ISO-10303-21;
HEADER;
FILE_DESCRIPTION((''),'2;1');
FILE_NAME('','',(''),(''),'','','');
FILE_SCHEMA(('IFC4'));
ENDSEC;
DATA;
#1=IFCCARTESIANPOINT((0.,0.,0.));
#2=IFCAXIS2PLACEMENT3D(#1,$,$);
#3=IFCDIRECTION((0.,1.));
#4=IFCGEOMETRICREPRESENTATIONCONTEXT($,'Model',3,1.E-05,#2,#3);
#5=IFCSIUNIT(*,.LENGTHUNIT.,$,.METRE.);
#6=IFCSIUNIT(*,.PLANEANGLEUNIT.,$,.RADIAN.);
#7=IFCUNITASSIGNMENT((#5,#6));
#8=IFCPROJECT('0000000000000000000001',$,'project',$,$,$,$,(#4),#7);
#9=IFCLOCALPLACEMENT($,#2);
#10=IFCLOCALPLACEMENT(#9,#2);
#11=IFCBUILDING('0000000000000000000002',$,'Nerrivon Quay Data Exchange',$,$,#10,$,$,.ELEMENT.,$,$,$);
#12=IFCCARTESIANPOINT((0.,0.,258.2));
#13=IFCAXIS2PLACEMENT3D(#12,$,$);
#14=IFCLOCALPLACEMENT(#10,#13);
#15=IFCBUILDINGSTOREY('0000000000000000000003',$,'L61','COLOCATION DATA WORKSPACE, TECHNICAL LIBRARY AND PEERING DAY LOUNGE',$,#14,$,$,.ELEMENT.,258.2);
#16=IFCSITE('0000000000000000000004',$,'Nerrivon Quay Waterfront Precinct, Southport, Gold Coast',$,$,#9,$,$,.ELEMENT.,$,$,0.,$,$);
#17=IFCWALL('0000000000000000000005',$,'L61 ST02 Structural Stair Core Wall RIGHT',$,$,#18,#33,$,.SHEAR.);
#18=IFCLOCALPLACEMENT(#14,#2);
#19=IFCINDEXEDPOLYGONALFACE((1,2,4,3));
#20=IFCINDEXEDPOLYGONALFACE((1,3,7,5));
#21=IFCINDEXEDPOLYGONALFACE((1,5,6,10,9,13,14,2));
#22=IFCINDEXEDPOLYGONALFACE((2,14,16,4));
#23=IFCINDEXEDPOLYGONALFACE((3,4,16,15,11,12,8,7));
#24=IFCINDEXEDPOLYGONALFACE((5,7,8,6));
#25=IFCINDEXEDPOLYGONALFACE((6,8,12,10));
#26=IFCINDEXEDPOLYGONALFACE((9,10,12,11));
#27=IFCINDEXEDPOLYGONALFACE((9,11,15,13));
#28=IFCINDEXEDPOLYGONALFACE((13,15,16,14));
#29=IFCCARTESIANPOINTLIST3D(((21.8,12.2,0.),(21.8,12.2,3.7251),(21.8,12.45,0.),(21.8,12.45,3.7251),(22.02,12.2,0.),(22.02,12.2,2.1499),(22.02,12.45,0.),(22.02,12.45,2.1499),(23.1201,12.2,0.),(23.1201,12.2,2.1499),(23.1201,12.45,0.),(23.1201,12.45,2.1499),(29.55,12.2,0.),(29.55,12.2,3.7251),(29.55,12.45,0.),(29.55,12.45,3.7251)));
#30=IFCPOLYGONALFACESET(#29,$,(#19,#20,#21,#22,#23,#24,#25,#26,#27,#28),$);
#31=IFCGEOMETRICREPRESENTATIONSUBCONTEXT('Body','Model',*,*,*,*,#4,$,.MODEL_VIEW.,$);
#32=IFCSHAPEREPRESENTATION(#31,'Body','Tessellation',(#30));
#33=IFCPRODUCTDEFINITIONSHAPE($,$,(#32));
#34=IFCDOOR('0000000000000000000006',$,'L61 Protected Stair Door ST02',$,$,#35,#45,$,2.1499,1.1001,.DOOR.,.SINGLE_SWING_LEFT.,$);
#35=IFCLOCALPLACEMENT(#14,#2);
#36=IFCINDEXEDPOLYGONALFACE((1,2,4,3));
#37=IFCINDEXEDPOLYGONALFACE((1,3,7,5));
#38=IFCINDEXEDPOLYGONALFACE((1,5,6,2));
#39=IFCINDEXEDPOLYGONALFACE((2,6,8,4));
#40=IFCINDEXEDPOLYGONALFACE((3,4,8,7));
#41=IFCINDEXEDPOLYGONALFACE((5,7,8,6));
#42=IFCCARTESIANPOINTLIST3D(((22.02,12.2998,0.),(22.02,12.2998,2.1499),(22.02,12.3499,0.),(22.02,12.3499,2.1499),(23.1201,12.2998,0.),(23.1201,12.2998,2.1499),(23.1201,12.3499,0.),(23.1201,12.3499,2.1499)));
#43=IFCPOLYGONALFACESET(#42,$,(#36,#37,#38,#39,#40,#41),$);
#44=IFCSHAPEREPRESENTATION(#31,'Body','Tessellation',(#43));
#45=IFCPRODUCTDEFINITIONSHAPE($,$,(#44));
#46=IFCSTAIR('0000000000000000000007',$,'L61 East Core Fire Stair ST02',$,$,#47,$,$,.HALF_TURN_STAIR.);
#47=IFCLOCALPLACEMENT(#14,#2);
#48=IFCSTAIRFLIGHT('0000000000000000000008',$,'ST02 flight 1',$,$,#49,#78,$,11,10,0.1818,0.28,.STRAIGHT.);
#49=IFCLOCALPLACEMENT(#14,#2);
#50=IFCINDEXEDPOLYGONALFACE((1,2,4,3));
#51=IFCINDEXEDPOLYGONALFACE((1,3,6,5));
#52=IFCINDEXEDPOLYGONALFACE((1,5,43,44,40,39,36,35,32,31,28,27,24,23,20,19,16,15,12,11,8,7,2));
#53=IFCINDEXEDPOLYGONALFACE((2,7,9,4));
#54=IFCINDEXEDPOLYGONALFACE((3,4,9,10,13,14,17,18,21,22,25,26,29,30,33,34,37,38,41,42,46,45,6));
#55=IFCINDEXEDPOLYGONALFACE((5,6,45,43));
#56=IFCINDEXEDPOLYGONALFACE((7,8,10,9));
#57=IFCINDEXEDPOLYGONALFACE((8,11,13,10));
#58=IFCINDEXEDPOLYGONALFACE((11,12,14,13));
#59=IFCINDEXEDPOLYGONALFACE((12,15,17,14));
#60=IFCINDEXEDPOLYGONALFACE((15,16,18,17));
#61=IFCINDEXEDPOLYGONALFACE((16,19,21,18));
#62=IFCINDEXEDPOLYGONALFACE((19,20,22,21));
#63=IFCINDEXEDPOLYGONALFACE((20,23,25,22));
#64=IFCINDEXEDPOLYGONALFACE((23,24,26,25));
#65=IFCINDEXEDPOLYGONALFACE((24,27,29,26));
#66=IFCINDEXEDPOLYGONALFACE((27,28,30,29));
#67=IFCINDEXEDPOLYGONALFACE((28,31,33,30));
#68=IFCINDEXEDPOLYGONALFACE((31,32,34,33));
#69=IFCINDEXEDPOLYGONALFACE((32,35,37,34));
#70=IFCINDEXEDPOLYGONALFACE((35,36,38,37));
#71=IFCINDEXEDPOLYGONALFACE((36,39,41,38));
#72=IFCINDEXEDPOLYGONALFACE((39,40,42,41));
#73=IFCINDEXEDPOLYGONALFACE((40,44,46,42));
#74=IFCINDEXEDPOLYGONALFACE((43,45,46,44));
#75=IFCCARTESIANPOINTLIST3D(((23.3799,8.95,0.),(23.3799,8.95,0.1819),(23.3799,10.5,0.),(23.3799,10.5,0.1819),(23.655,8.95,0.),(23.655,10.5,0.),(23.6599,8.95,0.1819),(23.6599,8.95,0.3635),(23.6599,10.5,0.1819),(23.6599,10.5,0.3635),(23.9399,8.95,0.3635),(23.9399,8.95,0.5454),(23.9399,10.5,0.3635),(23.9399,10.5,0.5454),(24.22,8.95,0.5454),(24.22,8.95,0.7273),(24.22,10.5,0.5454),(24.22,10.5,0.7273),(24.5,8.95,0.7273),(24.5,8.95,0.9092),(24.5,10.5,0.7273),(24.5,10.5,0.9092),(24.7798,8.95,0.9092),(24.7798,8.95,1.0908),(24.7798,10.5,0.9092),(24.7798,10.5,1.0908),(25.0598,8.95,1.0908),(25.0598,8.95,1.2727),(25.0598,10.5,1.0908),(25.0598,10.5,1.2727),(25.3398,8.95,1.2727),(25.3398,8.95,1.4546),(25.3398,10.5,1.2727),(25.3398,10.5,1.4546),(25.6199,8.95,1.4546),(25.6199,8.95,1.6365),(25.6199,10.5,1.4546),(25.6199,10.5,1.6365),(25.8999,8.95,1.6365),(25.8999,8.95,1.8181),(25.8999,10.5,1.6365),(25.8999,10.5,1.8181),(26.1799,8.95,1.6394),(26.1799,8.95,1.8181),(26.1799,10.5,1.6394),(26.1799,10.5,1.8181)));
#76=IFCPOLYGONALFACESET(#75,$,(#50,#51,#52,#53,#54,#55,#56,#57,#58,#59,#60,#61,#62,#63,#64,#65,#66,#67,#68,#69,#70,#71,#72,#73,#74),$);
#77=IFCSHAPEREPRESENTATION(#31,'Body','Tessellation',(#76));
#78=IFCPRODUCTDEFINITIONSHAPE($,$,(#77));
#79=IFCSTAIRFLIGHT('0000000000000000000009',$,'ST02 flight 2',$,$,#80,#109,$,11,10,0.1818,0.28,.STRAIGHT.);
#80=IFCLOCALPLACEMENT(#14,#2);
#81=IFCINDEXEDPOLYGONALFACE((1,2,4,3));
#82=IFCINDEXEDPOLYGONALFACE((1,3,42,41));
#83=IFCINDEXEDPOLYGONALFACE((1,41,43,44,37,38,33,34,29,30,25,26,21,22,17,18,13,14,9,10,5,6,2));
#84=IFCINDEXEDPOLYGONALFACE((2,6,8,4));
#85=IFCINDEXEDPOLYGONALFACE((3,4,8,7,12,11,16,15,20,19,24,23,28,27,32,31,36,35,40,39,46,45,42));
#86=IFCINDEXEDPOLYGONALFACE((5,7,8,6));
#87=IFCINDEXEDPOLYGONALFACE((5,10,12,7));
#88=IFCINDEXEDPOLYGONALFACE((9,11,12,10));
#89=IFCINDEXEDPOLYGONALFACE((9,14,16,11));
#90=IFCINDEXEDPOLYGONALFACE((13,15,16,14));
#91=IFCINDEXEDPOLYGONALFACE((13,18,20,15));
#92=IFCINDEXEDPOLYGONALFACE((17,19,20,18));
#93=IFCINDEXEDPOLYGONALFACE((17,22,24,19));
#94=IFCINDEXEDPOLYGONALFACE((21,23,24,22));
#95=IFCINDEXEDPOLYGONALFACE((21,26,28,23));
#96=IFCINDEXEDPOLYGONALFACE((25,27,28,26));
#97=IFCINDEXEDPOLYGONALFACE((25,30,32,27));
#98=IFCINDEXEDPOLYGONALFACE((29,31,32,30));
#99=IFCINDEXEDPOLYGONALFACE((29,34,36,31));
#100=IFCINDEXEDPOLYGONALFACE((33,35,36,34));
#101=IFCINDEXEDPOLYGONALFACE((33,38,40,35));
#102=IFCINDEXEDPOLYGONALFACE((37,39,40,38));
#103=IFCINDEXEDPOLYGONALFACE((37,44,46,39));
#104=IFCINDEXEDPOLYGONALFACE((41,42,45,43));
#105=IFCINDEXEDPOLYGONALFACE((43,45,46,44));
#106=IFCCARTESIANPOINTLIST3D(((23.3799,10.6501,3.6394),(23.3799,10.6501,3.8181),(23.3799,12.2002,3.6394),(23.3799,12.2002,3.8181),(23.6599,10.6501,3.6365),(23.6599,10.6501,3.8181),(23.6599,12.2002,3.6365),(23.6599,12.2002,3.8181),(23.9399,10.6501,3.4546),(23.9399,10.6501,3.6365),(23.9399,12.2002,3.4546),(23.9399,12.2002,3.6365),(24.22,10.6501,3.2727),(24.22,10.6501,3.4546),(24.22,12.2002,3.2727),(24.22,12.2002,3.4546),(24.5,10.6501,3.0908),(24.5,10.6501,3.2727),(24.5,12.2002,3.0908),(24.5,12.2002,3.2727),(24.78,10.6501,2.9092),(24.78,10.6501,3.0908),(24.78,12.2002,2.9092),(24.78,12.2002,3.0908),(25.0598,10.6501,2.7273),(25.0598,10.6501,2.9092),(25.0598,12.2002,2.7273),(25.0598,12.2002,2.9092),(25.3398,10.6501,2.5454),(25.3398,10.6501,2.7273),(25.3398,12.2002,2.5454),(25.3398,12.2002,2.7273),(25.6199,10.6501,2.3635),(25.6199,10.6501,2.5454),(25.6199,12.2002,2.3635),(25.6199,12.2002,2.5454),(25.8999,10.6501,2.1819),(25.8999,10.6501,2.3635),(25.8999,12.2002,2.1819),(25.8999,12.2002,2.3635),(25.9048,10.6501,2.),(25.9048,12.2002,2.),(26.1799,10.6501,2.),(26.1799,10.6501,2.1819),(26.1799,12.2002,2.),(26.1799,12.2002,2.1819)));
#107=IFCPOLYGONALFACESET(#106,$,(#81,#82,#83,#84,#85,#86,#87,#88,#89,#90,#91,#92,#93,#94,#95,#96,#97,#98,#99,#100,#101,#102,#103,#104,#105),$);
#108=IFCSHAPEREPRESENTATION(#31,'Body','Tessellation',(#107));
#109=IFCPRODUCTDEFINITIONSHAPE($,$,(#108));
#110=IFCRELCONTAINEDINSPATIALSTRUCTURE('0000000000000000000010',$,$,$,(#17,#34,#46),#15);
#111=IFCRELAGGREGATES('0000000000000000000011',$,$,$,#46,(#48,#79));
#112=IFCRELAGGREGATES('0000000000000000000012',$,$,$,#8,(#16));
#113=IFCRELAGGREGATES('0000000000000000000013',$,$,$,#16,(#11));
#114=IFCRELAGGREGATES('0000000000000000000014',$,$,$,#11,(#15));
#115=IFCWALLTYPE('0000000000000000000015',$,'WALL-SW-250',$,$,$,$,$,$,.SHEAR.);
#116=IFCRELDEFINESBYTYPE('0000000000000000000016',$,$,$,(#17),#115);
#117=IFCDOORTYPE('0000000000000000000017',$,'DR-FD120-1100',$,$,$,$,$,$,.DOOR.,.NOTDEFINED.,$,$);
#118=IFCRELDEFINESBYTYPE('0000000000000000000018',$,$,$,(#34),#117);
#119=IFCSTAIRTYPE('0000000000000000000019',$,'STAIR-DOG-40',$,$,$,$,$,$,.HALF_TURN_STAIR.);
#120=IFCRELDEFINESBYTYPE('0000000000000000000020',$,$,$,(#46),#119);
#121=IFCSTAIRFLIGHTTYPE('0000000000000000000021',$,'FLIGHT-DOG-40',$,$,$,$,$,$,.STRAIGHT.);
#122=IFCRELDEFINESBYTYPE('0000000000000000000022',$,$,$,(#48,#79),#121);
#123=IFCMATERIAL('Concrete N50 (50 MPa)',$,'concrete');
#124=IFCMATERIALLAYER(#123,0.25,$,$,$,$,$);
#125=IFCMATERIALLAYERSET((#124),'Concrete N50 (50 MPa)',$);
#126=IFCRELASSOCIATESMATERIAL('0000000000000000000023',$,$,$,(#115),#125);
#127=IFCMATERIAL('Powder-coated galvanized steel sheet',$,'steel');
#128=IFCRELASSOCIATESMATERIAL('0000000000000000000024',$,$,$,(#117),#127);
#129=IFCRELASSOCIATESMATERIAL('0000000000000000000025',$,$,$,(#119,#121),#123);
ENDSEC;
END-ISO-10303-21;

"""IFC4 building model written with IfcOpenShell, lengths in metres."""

from ifc_helpers import new_model, si_unit, direction, frame, frame_2d, origin, place, context, subcontext, project, spatial, polyline, rectangle, outline, extrude, material, layer, layer_set, type_object, element, fill, aggregate, save


model = new_model("IFC4")

# Units and contexts
model_context = context("Model", 3, precision=1e-05, world=origin(), true_north=direction((0.0, 1.0)))
body_context = subcontext(model_context, "Body", "Model", "MODEL_VIEW")
ifc_project = project(units=[si_unit("LENGTHUNIT", "METRE"), si_unit("PLANEANGLEUNIT", "RADIAN")], contexts=[model_context])

# Site, building, storey
site_placement = place(None, origin())
site = spatial("IfcSite", under=ifc_project, at=site_placement, Name="Nerrivon Quay Waterfront Precinct, Southport, Gold Coast", CompositionType="ELEMENT", RefElevation=0.0)
building_placement = place(site_placement, origin())
building = spatial("IfcBuilding", under=site, at=building_placement, Name="Nerrivon Quay Data Exchange", CompositionType="ELEMENT")
storey_placement = place(building_placement, frame((0.0, 0.0, 258.2)))
storey = spatial("IfcBuildingStorey", under=building, at=storey_placement, Name="L61", Description="COLOCATION DATA WORKSPACE, TECHNICAL LIBRARY AND PEERING DAY LOUNGE", CompositionType="ELEMENT", Elevation=258.2)

# Shared definitions
ifc_material_1 = material(Name="Concrete N50 (50 MPa)", Category="concrete")

# Shared definitions
ifc_material_2 = material(Name="Powder-coated galvanized steel sheet", Category="steel")

# Shared definitions
ifc_layer_1 = layer(ifc_material_1, 0.25)
ifc_layer_set_1 = layer_set([ifc_layer_1], Name="Concrete N50 (50 MPa)")
wall_type_1 = type_object("IfcWallType", Name="WALL-SW-250", PredefinedType="SHEAR", material=ifc_layer_set_1)

# Wall, opening, door
wall_1_placement = place(storey_placement, frame((21.8, 12.325, 0.0), z_axis=(0.0, 0.0, 1.0), x_axis=(1.0, 0.0, 0.0)))
wall_1 = element("IfcWall", 1, at=wall_1_placement, inside=storey, type_object=wall_type_1, Name="L61 ST02 Structural Stair Core Wall RIGHT", PredefinedType="SHEAR", context=body_context, shape_type="SweptSolid", body=[
    extrude(rectangle(XDim=7.75, YDim=0.25, at=frame_2d((3.875, 0.0))), origin(), (0.0, 0.0, 1.0), 3.7251),
])
opening_1_placement = place(wall_1_placement, frame((0.22, 0.0, 0.0)))
opening_1 = element("IfcOpeningElement", 2, at=opening_1_placement, cuts=wall_1, PredefinedType="OPENING", context=body_context, shape_type="SweptSolid", body=[
    extrude(rectangle(XDim=1.1001, YDim=2.1499, at=frame_2d((0.55, 1.075))), frame((0.0, 0.135, 0.0), z_axis=(0.0, -1.0, 0.0), x_axis=(1.0, 0.0, 0.0)), (0.0, 0.0, 1.0), 0.27),
])
door_type_1 = type_object("IfcDoorType", Name="DR-FD120-1100", OperationType="NOTDEFINED", PredefinedType="DOOR", material=ifc_material_2)
door_1_placement = place(opening_1_placement, origin())
door_1 = element("IfcDoor", 3, at=door_1_placement, inside=storey, type_object=door_type_1, Name="L61 Protected Stair Door ST02", OperationType="SINGLE_SWING_LEFT", OverallHeight=2.1499, OverallWidth=1.1001, PredefinedType="DOOR", context=body_context, shape_type="SweptSolid", body=[
    extrude(rectangle(XDim=1.1001, YDim=2.1499, at=frame_2d((0.55, 1.075))), frame((0.0, 0.0249, 0.0), z_axis=(0.0, -1.0, 0.0), x_axis=(1.0, 0.0, 0.0)), (0.0, 0.0, 1.0), 0.05),
])
fill(opening_1, door_1)

# Stair, stair flights
stair_type = type_object("IfcStairType", Name="STAIR-DOG-40", PredefinedType="HALF_TURN_STAIR", material=ifc_material_1)
stair_placement = place(storey_placement, origin())
stair = element("IfcStair", 4, at=stair_placement, inside=storey, type_object=stair_type, Name="L61 East Core Fire Stair ST02", PredefinedType="HALF_TURN_STAIR")
stair_flight_type = type_object("IfcStairFlightType", Name="FLIGHT-DOG-40", PredefinedType="STRAIGHT", material=ifc_material_1)
stair_flight_1_placement = place(storey_placement, frame((23.3799, 9.7251, 0.0), z_axis=(0.0, 0.0, 1.0), x_axis=(1.0, 0.0, 0.0)))
stair_flight_1 = element("IfcStairFlight", 5, at=stair_flight_1_placement, type_object=stair_flight_type, Name="ST02 flight 1", NumberOfRisers=11, NumberOfTreads=10, PredefinedType="STRAIGHT", RiserHeight=0.1818, TreadLength=0.28, context=body_context, shape_type="SweptSolid", body=[
    extrude(outline(polyline([(0.0, 0.0), (0.0, 0.1819), (0.28, 0.1819), (0.28, 0.3635), (0.5601, 0.3635), (0.5601, 0.5454), (0.8401, 0.5454), (0.8401, 0.7273), (1.1201, 0.7273), (1.1201, 0.9092), (1.3999, 0.9092), (1.3999, 1.0908), (1.6799, 1.0908), (1.6799, 1.2727), (1.96, 1.2727), (1.96, 1.4546), (2.24, 1.4546), (2.24, 1.6365), (2.52, 1.6365), (2.52, 1.8181), (2.8, 1.8181), (2.8, 2.0), (2.8, 1.6394), (0.2751, 0.0), (0.0, 0.0)])), frame((0.0, 0.7749, 0.0), z_axis=(0.0, -1.0, 0.0), x_axis=(1.0, 0.0, 0.0)), (0.0, 0.0, 1.0), 1.55),
])
stair_flight_2_placement = place(storey_placement, frame((26.1799, 11.425, 2.0), z_axis=(0.0, 0.0, 1.0), x_axis=(-1.0, 0.0, 0.0)))
stair_flight_2 = element("IfcStairFlight", 6, at=stair_flight_2_placement, type_object=stair_flight_type, Name="ST02 flight 2", NumberOfRisers=11, NumberOfTreads=10, PredefinedType="STRAIGHT", RiserHeight=0.1818, TreadLength=0.28, context=body_context, shape_type="SweptSolid", body=[
    extrude(outline(polyline([(0.0, 0.0), (0.0, 0.1819), (0.28, 0.1819), (0.28, 0.3635), (0.5601, 0.3635), (0.5601, 0.5454), (0.8401, 0.5454), (0.8401, 0.7273), (1.1201, 0.7273), (1.1201, 0.9092), (1.3999, 0.9092), (1.3999, 1.0908), (1.6799, 1.0908), (1.6799, 1.2727), (1.96, 1.2727), (1.96, 1.4546), (2.24, 1.4546), (2.24, 1.6365), (2.52, 1.6365), (2.52, 1.8181), (2.8, 1.8181), (2.8, 2.0), (2.8, 1.6394), (0.2751, 0.0), (0.0, 0.0)])), frame((0.0, 0.7749, 0.0), z_axis=(0.0, -1.0, 0.0), x_axis=(1.0, 0.0, 0.0)), (0.0, 0.0, 1.0), 1.55),
])
aggregate(stair, [stair_flight_1, stair_flight_2])

save(model, "model.ifc")
